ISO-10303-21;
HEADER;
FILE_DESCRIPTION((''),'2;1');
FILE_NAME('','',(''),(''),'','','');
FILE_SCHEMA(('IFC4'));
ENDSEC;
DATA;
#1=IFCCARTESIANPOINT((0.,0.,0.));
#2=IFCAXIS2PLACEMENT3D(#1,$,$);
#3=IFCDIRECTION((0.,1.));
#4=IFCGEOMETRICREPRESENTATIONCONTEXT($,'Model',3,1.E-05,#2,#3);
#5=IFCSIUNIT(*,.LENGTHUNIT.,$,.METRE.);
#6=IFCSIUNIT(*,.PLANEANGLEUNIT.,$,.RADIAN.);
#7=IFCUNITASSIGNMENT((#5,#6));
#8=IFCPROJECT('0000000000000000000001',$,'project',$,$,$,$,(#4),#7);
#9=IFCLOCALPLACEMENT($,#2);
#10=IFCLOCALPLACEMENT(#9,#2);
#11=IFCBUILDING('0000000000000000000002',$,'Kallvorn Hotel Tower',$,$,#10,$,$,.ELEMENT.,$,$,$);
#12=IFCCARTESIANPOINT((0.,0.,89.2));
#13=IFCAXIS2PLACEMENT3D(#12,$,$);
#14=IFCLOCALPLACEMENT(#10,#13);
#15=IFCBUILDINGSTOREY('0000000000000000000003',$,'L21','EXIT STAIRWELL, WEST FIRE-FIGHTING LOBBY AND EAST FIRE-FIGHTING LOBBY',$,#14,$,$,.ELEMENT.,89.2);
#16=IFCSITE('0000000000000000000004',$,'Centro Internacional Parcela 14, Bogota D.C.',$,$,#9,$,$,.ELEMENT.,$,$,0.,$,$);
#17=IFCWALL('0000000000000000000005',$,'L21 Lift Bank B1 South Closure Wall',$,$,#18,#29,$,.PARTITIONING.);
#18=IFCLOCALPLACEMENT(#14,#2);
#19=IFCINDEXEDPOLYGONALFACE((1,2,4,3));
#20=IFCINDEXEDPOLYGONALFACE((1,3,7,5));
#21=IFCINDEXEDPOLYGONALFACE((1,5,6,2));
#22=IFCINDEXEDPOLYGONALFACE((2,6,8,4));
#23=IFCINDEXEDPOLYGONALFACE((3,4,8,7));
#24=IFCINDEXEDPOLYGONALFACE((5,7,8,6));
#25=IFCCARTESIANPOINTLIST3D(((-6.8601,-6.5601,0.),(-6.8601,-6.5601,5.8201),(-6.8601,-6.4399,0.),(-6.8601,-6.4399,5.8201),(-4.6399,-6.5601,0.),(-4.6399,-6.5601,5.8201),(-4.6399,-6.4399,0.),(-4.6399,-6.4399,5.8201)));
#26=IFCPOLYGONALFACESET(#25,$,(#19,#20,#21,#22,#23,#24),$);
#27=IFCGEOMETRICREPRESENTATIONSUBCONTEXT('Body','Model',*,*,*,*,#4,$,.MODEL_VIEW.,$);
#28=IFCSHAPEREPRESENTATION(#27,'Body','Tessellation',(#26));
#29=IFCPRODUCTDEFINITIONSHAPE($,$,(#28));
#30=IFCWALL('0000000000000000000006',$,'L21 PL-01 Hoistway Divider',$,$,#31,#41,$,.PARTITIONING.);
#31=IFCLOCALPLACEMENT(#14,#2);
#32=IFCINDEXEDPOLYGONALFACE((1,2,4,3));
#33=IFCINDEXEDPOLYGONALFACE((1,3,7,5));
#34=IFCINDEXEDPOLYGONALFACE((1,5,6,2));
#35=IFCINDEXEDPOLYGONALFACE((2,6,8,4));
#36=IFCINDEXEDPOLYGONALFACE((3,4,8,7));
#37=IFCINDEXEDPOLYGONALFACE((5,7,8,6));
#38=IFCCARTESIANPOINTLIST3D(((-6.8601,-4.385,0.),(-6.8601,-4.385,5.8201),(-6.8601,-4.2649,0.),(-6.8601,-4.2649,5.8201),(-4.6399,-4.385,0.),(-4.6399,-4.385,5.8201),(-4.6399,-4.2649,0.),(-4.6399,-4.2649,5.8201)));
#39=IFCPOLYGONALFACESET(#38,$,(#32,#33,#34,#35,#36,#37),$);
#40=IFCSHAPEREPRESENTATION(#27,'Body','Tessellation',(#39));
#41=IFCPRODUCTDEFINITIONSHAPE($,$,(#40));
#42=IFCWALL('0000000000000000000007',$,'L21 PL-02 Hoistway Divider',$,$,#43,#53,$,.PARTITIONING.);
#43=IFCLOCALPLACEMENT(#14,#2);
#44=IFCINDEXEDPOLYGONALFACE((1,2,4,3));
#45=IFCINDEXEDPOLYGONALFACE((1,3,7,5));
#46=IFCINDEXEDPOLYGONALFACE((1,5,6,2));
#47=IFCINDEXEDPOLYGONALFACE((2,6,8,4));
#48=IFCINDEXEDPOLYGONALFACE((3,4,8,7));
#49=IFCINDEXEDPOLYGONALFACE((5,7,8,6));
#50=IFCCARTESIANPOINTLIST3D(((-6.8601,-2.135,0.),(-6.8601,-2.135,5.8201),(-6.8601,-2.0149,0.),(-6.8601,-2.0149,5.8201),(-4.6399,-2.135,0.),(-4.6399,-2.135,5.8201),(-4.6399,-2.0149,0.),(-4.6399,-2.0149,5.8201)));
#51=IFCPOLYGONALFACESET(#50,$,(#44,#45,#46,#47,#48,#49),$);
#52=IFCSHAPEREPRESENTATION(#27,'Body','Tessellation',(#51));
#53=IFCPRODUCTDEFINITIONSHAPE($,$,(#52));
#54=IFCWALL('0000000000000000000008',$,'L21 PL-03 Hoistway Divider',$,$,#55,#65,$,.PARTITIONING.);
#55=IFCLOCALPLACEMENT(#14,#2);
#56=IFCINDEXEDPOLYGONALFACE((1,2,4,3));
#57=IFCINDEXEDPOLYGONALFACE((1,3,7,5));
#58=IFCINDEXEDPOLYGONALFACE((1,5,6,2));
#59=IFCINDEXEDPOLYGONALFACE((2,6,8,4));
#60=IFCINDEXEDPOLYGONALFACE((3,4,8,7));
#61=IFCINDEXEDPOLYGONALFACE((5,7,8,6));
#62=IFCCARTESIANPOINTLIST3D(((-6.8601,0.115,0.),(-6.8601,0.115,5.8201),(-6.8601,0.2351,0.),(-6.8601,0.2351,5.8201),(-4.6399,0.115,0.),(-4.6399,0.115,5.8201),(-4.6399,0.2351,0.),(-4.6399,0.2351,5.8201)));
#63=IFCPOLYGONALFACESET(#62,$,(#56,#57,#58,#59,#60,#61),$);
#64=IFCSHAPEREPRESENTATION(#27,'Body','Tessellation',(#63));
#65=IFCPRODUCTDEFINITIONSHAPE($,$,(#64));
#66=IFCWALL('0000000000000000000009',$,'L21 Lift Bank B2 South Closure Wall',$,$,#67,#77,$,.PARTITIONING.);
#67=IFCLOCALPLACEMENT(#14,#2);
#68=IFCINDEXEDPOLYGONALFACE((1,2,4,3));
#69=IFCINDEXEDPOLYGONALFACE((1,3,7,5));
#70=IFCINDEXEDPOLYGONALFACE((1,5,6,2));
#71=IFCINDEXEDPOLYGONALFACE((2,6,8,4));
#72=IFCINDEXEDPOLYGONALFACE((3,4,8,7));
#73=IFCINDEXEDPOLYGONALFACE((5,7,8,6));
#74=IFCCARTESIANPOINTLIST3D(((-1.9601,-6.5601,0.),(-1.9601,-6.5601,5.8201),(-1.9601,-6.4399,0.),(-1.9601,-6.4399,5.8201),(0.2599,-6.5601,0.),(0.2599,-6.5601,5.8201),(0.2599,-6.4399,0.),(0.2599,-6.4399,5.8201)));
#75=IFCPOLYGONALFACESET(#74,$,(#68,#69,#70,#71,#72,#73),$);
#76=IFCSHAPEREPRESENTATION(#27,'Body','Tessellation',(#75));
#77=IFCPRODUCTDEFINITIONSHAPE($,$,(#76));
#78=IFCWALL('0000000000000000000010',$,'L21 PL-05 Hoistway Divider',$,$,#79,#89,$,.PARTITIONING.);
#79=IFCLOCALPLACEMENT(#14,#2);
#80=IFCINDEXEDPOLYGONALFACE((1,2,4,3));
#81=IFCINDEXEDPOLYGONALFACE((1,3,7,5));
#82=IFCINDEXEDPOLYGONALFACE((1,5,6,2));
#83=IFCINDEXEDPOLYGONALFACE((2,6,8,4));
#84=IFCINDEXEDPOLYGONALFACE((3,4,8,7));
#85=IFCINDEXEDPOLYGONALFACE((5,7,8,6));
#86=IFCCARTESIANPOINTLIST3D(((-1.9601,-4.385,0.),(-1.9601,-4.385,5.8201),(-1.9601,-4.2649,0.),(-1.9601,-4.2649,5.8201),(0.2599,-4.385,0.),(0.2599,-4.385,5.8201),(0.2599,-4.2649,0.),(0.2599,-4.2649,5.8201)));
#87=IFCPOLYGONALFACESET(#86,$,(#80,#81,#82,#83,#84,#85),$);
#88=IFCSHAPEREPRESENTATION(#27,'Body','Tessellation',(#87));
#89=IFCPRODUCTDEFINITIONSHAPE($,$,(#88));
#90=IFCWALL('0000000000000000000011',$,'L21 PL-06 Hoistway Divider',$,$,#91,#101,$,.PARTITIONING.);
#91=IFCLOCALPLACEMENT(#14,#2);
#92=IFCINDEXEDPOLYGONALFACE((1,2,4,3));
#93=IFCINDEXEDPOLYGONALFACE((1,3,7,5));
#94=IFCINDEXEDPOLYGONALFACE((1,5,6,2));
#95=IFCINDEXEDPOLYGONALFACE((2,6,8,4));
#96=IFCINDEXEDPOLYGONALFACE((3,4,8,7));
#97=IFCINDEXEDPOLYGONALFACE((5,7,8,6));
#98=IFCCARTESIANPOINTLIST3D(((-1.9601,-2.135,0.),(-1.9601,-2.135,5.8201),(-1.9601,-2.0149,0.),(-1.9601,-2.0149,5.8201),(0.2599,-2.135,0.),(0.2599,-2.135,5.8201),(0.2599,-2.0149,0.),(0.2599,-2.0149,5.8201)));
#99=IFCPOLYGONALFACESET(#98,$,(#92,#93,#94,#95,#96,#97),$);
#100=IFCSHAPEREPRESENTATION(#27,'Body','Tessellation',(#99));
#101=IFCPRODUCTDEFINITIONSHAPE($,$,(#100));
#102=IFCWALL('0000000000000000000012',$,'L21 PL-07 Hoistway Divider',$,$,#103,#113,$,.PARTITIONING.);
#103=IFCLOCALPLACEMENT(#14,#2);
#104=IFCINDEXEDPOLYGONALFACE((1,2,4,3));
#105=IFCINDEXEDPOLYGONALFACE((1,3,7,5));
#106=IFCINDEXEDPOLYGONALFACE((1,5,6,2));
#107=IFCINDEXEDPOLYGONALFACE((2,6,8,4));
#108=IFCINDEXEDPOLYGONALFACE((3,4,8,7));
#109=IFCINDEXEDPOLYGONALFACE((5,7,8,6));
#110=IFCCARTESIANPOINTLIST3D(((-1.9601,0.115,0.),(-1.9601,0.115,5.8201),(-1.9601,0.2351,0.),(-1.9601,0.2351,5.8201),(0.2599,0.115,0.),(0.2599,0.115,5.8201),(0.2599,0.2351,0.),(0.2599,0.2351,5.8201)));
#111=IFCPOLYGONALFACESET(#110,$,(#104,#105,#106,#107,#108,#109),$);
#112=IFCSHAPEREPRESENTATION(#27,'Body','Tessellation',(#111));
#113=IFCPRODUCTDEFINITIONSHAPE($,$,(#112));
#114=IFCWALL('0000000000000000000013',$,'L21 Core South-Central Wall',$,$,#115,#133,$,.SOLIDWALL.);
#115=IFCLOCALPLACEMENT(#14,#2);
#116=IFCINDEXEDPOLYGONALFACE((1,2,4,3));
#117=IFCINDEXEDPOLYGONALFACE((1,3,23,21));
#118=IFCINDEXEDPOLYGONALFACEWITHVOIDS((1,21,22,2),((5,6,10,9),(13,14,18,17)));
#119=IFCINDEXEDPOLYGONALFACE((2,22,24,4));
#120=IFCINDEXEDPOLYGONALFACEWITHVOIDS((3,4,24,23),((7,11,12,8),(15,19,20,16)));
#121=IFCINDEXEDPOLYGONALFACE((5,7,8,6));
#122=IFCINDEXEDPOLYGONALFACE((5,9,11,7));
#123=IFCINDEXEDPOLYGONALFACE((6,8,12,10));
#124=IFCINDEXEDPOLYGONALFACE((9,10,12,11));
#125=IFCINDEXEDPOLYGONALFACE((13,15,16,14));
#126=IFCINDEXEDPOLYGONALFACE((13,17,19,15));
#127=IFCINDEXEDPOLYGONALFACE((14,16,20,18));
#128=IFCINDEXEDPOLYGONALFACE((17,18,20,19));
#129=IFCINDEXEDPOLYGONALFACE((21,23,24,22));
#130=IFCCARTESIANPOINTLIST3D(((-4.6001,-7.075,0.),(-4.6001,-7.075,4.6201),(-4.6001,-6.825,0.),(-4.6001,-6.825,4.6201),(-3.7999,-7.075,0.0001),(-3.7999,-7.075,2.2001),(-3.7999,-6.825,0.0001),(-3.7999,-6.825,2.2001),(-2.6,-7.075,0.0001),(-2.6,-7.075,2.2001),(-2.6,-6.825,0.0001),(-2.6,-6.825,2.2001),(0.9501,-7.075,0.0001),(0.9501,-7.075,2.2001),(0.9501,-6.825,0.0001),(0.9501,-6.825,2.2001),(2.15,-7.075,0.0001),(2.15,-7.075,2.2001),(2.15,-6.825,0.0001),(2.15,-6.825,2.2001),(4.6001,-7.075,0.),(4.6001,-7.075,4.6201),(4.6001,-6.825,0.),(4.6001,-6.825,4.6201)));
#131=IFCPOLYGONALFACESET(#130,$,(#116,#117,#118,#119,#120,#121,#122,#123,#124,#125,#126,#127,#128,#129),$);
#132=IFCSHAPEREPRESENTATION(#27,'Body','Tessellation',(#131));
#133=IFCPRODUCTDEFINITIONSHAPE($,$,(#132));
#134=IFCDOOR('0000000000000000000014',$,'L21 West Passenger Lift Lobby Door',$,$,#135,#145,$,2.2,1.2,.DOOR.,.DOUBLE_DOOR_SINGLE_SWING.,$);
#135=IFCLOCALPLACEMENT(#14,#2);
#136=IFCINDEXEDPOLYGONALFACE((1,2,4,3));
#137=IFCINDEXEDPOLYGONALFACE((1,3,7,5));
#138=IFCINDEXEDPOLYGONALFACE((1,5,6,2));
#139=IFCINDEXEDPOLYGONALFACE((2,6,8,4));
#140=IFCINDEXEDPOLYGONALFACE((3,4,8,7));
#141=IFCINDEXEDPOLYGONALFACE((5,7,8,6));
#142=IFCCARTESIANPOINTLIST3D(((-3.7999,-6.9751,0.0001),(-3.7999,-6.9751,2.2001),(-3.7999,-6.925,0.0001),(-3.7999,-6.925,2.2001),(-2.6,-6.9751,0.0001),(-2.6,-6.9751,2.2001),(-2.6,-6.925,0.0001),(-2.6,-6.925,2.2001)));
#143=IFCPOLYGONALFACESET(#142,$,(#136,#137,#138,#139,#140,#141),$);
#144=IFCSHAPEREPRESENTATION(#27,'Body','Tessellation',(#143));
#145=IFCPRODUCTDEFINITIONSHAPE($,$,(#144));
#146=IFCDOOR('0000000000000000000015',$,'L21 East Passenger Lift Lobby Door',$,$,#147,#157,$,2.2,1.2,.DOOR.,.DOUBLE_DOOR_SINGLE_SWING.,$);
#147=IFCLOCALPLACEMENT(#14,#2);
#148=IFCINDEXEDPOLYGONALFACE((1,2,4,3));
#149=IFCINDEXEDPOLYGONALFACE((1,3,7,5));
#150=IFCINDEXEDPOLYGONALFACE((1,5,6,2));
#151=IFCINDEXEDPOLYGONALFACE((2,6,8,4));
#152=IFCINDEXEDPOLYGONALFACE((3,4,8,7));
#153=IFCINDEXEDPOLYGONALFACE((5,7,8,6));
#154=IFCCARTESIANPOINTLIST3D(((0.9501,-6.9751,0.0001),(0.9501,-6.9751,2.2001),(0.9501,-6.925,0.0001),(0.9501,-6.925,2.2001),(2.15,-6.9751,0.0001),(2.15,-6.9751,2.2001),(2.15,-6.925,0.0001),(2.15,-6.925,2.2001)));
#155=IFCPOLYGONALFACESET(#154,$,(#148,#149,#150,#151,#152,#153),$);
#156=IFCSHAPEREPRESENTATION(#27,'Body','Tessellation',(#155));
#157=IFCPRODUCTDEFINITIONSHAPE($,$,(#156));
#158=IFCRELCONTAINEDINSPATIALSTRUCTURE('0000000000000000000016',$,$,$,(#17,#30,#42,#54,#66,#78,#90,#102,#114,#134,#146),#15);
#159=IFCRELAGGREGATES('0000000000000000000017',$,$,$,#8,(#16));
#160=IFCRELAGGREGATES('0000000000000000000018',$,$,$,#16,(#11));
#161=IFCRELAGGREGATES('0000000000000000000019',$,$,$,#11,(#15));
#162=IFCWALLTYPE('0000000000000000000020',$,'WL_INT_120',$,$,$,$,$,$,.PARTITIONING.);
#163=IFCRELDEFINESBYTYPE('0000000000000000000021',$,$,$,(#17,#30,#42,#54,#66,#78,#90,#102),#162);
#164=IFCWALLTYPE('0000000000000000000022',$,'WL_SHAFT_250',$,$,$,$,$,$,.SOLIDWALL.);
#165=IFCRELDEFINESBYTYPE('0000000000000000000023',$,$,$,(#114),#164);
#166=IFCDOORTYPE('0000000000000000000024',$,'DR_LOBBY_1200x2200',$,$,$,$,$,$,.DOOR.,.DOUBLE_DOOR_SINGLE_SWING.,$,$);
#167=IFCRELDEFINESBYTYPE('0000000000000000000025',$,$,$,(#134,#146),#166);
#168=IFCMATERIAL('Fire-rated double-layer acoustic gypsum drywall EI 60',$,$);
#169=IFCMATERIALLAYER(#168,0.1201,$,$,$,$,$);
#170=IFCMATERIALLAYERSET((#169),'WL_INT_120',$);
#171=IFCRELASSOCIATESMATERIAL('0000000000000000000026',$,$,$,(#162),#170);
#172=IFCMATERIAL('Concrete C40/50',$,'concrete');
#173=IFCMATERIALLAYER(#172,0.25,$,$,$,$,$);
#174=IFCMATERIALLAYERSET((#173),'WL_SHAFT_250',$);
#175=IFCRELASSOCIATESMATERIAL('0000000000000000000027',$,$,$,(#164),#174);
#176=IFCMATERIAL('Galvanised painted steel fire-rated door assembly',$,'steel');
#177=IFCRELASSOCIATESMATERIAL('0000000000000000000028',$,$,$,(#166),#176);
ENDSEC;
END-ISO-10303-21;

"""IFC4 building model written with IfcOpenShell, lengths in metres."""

from ifc_helpers import new_model, si_unit, direction, frame, frame_2d, origin, place, context, subcontext, project, spatial, rectangle, extrude, material, layer, layer_set, type_object, element, fill, save


model = new_model("IFC4")

# Units and contexts
model_context = context("Model", 3, precision=1e-05, world=origin(), true_north=direction((0.0, 1.0)))
body_context = subcontext(model_context, "Body", "Model", "MODEL_VIEW")
ifc_project = project(units=[si_unit("LENGTHUNIT", "METRE"), si_unit("PLANEANGLEUNIT", "RADIAN")], contexts=[model_context])

# Site, building, storey
site_placement = place(None, origin())
site = spatial("IfcSite", under=ifc_project, at=site_placement, Name="Centro Internacional Parcela 14, Bogota D.C.", CompositionType="ELEMENT", RefElevation=0.0)
building_placement = place(site_placement, origin())
building = spatial("IfcBuilding", under=site, at=building_placement, Name="Kallvorn Hotel Tower", CompositionType="ELEMENT")
storey_placement = place(building_placement, frame((0.0, 0.0, 89.2)))
storey = spatial("IfcBuildingStorey", under=building, at=storey_placement, Name="L21", Description="EXIT STAIRWELL, WEST FIRE-FIGHTING LOBBY AND EAST FIRE-FIGHTING LOBBY", CompositionType="ELEMENT", Elevation=89.2)

# Walls
ifc_material_1 = material(Name="Fire-rated double-layer acoustic gypsum drywall EI 60")
ifc_layer_1 = layer(ifc_material_1, 0.1201)
ifc_layer_set_1 = layer_set([ifc_layer_1], Name="WL_INT_120")
wall_type_1 = type_object("IfcWallType", Name="WL_INT_120", PredefinedType="PARTITIONING", material=ifc_layer_set_1)
for number, where, z_axis, x_axis, name in (
    (1, (-6.8601, -6.5, 0.0), (0.0, 0.0, 1.0), (1.0, 0.0, 0.0), "L21 Lift Bank B1 South Closure Wall"),
    (2, (-6.8601, -4.325, 0.0), (0.0, 0.0, 1.0), (1.0, 0.0, 0.0), "L21 PL-01 Hoistway Divider"),
    (3, (-6.8601, -2.075, 0.0), (0.0, 0.0, 1.0), (1.0, 0.0, 0.0), "L21 PL-02 Hoistway Divider"),
    (4, (-6.8601, 0.175, 0.0), (0.0, 0.0, 1.0), (1.0, 0.0, 0.0), "L21 PL-03 Hoistway Divider"),
):
    element("IfcWall", number, at=place(storey_placement, frame(where, z_axis=z_axis, x_axis=x_axis)), inside=storey, type_object=wall_type_1, Name=name, PredefinedType="PARTITIONING", context=body_context, shape_type="SweptSolid", body=[
        extrude(rectangle(XDim=2.2202, YDim=0.1201, at=frame_2d((1.1101, 0.0))), origin(), (0.0, 0.0, 1.0), 5.8201),
    ])
for number, where, z_axis, x_axis, name in (
    (5, (-1.96, -6.5, 0.0), (0.0, 0.0, 1.0), (1.0, 0.0, 0.0), "L21 Lift Bank B2 South Closure Wall"),
    (6, (-1.96, -4.325, 0.0), (0.0, 0.0, 1.0), (1.0, 0.0, 0.0), "L21 PL-05 Hoistway Divider"),
    (7, (-1.96, -2.075, 0.0), (0.0, 0.0, 1.0), (1.0, 0.0, 0.0), "L21 PL-06 Hoistway Divider"),
    (8, (-1.96, 0.175, 0.0), (0.0, 0.0, 1.0), (1.0, 0.0, 0.0), "L21 PL-07 Hoistway Divider"),
):
    element("IfcWall", number, at=place(storey_placement, frame(where, z_axis=z_axis, x_axis=x_axis)), inside=storey, type_object=wall_type_1, Name=name, PredefinedType="PARTITIONING", context=body_context, shape_type="SweptSolid", body=[
        extrude(rectangle(XDim=2.22, YDim=0.1201, at=frame_2d((1.1099, 0.0))), origin(), (0.0, 0.0, 1.0), 5.8201),
    ])

# Wall, openings, doors
ifc_material_2 = material(Name="Concrete C40/50", Category="concrete")
ifc_layer_2 = layer(ifc_material_2, 0.25)
ifc_layer_set_2 = layer_set([ifc_layer_2], Name="WL_SHAFT_250")
wall_type_2 = type_object("IfcWallType", Name="WL_SHAFT_250", PredefinedType="SOLIDWALL", material=ifc_layer_set_2)
wall_1_placement = place(storey_placement, frame((-4.6001, -6.95, 0.0), z_axis=(0.0, 0.0, 1.0), x_axis=(1.0, 0.0, 0.0)))
wall_1 = element("IfcWall", 9, at=wall_1_placement, inside=storey, type_object=wall_type_2, Name="L21 Core South-Central Wall", PredefinedType="SOLIDWALL", context=body_context, shape_type="SweptSolid", body=[
    extrude(rectangle(XDim=9.2002, YDim=0.25, at=frame_2d((4.6001, 0.0))), origin(), (0.0, 0.0, 1.0), 4.6201),
])
opening_1_placement = place(wall_1_placement, frame((0.8, 0.0, 0.0)))
opening_1 = element("IfcOpeningElement", 10, at=opening_1_placement, cuts=wall_1, PredefinedType="OPENING", context=body_context, shape_type="SweptSolid", body=[
    extrude(rectangle(XDim=1.2, YDim=2.2, at=frame_2d((0.6001, 1.1001))), frame((0.0, 0.1399, 0.0), z_axis=(0.0, -1.0, 0.0), x_axis=(1.0, 0.0, 0.0)), (0.0, 0.0, 1.0), 0.28),
])
opening_2_placement = place(wall_1_placement, frame((5.55, 0.0, 0.0)))
opening_2 = element("IfcOpeningElement", 11, at=opening_2_placement, cuts=wall_1, PredefinedType="OPENING", context=body_context, shape_type="SweptSolid", body=[
    extrude(rectangle(XDim=1.2, YDim=2.2, at=frame_2d((0.6001, 1.1001))), frame((0.0, 0.1399, 0.0), z_axis=(0.0, -1.0, 0.0), x_axis=(1.0, 0.0, 0.0)), (0.0, 0.0, 1.0), 0.28),
])
ifc_material_3 = material(Name="Galvanised painted steel fire-rated door assembly", Category="steel")
door_type = type_object("IfcDoorType", Name="DR_LOBBY_1200x2200", OperationType="DOUBLE_DOOR_SINGLE_SWING", PredefinedType="DOOR", material=ifc_material_3)
door_1_placement = place(opening_1_placement, origin())
door_1 = element("IfcDoor", 12, at=door_1_placement, inside=storey, type_object=door_type, Name="L21 West Passenger Lift Lobby Door", OperationType="DOUBLE_DOOR_SINGLE_SWING", OverallHeight=2.2, OverallWidth=1.2, PredefinedType="DOOR", context=body_context, shape_type="SweptSolid", body=[
    extrude(rectangle(XDim=1.2, YDim=2.2, at=frame_2d((0.6001, 1.1001))), frame((0.0, 0.0249, 0.0), z_axis=(0.0, -1.0, 0.0), x_axis=(1.0, 0.0, 0.0)), (0.0, 0.0, 1.0), 0.05),
])
fill(opening_1, door_1)
door_2_placement = place(opening_2_placement, origin())
door_2 = element("IfcDoor", 13, at=door_2_placement, inside=storey, type_object=door_type, Name="L21 East Passenger Lift Lobby Door", OperationType="DOUBLE_DOOR_SINGLE_SWING", OverallHeight=2.2, OverallWidth=1.2, PredefinedType="DOOR", context=body_context, shape_type="SweptSolid", body=[
    extrude(rectangle(XDim=1.2, YDim=2.2, at=frame_2d((0.6001, 1.1001))), frame((0.0, 0.0249, 0.0), z_axis=(0.0, -1.0, 0.0), x_axis=(1.0, 0.0, 0.0)), (0.0, 0.0, 1.0), 0.05),
])
fill(opening_2, door_2)

save(model, "model.ifc")
